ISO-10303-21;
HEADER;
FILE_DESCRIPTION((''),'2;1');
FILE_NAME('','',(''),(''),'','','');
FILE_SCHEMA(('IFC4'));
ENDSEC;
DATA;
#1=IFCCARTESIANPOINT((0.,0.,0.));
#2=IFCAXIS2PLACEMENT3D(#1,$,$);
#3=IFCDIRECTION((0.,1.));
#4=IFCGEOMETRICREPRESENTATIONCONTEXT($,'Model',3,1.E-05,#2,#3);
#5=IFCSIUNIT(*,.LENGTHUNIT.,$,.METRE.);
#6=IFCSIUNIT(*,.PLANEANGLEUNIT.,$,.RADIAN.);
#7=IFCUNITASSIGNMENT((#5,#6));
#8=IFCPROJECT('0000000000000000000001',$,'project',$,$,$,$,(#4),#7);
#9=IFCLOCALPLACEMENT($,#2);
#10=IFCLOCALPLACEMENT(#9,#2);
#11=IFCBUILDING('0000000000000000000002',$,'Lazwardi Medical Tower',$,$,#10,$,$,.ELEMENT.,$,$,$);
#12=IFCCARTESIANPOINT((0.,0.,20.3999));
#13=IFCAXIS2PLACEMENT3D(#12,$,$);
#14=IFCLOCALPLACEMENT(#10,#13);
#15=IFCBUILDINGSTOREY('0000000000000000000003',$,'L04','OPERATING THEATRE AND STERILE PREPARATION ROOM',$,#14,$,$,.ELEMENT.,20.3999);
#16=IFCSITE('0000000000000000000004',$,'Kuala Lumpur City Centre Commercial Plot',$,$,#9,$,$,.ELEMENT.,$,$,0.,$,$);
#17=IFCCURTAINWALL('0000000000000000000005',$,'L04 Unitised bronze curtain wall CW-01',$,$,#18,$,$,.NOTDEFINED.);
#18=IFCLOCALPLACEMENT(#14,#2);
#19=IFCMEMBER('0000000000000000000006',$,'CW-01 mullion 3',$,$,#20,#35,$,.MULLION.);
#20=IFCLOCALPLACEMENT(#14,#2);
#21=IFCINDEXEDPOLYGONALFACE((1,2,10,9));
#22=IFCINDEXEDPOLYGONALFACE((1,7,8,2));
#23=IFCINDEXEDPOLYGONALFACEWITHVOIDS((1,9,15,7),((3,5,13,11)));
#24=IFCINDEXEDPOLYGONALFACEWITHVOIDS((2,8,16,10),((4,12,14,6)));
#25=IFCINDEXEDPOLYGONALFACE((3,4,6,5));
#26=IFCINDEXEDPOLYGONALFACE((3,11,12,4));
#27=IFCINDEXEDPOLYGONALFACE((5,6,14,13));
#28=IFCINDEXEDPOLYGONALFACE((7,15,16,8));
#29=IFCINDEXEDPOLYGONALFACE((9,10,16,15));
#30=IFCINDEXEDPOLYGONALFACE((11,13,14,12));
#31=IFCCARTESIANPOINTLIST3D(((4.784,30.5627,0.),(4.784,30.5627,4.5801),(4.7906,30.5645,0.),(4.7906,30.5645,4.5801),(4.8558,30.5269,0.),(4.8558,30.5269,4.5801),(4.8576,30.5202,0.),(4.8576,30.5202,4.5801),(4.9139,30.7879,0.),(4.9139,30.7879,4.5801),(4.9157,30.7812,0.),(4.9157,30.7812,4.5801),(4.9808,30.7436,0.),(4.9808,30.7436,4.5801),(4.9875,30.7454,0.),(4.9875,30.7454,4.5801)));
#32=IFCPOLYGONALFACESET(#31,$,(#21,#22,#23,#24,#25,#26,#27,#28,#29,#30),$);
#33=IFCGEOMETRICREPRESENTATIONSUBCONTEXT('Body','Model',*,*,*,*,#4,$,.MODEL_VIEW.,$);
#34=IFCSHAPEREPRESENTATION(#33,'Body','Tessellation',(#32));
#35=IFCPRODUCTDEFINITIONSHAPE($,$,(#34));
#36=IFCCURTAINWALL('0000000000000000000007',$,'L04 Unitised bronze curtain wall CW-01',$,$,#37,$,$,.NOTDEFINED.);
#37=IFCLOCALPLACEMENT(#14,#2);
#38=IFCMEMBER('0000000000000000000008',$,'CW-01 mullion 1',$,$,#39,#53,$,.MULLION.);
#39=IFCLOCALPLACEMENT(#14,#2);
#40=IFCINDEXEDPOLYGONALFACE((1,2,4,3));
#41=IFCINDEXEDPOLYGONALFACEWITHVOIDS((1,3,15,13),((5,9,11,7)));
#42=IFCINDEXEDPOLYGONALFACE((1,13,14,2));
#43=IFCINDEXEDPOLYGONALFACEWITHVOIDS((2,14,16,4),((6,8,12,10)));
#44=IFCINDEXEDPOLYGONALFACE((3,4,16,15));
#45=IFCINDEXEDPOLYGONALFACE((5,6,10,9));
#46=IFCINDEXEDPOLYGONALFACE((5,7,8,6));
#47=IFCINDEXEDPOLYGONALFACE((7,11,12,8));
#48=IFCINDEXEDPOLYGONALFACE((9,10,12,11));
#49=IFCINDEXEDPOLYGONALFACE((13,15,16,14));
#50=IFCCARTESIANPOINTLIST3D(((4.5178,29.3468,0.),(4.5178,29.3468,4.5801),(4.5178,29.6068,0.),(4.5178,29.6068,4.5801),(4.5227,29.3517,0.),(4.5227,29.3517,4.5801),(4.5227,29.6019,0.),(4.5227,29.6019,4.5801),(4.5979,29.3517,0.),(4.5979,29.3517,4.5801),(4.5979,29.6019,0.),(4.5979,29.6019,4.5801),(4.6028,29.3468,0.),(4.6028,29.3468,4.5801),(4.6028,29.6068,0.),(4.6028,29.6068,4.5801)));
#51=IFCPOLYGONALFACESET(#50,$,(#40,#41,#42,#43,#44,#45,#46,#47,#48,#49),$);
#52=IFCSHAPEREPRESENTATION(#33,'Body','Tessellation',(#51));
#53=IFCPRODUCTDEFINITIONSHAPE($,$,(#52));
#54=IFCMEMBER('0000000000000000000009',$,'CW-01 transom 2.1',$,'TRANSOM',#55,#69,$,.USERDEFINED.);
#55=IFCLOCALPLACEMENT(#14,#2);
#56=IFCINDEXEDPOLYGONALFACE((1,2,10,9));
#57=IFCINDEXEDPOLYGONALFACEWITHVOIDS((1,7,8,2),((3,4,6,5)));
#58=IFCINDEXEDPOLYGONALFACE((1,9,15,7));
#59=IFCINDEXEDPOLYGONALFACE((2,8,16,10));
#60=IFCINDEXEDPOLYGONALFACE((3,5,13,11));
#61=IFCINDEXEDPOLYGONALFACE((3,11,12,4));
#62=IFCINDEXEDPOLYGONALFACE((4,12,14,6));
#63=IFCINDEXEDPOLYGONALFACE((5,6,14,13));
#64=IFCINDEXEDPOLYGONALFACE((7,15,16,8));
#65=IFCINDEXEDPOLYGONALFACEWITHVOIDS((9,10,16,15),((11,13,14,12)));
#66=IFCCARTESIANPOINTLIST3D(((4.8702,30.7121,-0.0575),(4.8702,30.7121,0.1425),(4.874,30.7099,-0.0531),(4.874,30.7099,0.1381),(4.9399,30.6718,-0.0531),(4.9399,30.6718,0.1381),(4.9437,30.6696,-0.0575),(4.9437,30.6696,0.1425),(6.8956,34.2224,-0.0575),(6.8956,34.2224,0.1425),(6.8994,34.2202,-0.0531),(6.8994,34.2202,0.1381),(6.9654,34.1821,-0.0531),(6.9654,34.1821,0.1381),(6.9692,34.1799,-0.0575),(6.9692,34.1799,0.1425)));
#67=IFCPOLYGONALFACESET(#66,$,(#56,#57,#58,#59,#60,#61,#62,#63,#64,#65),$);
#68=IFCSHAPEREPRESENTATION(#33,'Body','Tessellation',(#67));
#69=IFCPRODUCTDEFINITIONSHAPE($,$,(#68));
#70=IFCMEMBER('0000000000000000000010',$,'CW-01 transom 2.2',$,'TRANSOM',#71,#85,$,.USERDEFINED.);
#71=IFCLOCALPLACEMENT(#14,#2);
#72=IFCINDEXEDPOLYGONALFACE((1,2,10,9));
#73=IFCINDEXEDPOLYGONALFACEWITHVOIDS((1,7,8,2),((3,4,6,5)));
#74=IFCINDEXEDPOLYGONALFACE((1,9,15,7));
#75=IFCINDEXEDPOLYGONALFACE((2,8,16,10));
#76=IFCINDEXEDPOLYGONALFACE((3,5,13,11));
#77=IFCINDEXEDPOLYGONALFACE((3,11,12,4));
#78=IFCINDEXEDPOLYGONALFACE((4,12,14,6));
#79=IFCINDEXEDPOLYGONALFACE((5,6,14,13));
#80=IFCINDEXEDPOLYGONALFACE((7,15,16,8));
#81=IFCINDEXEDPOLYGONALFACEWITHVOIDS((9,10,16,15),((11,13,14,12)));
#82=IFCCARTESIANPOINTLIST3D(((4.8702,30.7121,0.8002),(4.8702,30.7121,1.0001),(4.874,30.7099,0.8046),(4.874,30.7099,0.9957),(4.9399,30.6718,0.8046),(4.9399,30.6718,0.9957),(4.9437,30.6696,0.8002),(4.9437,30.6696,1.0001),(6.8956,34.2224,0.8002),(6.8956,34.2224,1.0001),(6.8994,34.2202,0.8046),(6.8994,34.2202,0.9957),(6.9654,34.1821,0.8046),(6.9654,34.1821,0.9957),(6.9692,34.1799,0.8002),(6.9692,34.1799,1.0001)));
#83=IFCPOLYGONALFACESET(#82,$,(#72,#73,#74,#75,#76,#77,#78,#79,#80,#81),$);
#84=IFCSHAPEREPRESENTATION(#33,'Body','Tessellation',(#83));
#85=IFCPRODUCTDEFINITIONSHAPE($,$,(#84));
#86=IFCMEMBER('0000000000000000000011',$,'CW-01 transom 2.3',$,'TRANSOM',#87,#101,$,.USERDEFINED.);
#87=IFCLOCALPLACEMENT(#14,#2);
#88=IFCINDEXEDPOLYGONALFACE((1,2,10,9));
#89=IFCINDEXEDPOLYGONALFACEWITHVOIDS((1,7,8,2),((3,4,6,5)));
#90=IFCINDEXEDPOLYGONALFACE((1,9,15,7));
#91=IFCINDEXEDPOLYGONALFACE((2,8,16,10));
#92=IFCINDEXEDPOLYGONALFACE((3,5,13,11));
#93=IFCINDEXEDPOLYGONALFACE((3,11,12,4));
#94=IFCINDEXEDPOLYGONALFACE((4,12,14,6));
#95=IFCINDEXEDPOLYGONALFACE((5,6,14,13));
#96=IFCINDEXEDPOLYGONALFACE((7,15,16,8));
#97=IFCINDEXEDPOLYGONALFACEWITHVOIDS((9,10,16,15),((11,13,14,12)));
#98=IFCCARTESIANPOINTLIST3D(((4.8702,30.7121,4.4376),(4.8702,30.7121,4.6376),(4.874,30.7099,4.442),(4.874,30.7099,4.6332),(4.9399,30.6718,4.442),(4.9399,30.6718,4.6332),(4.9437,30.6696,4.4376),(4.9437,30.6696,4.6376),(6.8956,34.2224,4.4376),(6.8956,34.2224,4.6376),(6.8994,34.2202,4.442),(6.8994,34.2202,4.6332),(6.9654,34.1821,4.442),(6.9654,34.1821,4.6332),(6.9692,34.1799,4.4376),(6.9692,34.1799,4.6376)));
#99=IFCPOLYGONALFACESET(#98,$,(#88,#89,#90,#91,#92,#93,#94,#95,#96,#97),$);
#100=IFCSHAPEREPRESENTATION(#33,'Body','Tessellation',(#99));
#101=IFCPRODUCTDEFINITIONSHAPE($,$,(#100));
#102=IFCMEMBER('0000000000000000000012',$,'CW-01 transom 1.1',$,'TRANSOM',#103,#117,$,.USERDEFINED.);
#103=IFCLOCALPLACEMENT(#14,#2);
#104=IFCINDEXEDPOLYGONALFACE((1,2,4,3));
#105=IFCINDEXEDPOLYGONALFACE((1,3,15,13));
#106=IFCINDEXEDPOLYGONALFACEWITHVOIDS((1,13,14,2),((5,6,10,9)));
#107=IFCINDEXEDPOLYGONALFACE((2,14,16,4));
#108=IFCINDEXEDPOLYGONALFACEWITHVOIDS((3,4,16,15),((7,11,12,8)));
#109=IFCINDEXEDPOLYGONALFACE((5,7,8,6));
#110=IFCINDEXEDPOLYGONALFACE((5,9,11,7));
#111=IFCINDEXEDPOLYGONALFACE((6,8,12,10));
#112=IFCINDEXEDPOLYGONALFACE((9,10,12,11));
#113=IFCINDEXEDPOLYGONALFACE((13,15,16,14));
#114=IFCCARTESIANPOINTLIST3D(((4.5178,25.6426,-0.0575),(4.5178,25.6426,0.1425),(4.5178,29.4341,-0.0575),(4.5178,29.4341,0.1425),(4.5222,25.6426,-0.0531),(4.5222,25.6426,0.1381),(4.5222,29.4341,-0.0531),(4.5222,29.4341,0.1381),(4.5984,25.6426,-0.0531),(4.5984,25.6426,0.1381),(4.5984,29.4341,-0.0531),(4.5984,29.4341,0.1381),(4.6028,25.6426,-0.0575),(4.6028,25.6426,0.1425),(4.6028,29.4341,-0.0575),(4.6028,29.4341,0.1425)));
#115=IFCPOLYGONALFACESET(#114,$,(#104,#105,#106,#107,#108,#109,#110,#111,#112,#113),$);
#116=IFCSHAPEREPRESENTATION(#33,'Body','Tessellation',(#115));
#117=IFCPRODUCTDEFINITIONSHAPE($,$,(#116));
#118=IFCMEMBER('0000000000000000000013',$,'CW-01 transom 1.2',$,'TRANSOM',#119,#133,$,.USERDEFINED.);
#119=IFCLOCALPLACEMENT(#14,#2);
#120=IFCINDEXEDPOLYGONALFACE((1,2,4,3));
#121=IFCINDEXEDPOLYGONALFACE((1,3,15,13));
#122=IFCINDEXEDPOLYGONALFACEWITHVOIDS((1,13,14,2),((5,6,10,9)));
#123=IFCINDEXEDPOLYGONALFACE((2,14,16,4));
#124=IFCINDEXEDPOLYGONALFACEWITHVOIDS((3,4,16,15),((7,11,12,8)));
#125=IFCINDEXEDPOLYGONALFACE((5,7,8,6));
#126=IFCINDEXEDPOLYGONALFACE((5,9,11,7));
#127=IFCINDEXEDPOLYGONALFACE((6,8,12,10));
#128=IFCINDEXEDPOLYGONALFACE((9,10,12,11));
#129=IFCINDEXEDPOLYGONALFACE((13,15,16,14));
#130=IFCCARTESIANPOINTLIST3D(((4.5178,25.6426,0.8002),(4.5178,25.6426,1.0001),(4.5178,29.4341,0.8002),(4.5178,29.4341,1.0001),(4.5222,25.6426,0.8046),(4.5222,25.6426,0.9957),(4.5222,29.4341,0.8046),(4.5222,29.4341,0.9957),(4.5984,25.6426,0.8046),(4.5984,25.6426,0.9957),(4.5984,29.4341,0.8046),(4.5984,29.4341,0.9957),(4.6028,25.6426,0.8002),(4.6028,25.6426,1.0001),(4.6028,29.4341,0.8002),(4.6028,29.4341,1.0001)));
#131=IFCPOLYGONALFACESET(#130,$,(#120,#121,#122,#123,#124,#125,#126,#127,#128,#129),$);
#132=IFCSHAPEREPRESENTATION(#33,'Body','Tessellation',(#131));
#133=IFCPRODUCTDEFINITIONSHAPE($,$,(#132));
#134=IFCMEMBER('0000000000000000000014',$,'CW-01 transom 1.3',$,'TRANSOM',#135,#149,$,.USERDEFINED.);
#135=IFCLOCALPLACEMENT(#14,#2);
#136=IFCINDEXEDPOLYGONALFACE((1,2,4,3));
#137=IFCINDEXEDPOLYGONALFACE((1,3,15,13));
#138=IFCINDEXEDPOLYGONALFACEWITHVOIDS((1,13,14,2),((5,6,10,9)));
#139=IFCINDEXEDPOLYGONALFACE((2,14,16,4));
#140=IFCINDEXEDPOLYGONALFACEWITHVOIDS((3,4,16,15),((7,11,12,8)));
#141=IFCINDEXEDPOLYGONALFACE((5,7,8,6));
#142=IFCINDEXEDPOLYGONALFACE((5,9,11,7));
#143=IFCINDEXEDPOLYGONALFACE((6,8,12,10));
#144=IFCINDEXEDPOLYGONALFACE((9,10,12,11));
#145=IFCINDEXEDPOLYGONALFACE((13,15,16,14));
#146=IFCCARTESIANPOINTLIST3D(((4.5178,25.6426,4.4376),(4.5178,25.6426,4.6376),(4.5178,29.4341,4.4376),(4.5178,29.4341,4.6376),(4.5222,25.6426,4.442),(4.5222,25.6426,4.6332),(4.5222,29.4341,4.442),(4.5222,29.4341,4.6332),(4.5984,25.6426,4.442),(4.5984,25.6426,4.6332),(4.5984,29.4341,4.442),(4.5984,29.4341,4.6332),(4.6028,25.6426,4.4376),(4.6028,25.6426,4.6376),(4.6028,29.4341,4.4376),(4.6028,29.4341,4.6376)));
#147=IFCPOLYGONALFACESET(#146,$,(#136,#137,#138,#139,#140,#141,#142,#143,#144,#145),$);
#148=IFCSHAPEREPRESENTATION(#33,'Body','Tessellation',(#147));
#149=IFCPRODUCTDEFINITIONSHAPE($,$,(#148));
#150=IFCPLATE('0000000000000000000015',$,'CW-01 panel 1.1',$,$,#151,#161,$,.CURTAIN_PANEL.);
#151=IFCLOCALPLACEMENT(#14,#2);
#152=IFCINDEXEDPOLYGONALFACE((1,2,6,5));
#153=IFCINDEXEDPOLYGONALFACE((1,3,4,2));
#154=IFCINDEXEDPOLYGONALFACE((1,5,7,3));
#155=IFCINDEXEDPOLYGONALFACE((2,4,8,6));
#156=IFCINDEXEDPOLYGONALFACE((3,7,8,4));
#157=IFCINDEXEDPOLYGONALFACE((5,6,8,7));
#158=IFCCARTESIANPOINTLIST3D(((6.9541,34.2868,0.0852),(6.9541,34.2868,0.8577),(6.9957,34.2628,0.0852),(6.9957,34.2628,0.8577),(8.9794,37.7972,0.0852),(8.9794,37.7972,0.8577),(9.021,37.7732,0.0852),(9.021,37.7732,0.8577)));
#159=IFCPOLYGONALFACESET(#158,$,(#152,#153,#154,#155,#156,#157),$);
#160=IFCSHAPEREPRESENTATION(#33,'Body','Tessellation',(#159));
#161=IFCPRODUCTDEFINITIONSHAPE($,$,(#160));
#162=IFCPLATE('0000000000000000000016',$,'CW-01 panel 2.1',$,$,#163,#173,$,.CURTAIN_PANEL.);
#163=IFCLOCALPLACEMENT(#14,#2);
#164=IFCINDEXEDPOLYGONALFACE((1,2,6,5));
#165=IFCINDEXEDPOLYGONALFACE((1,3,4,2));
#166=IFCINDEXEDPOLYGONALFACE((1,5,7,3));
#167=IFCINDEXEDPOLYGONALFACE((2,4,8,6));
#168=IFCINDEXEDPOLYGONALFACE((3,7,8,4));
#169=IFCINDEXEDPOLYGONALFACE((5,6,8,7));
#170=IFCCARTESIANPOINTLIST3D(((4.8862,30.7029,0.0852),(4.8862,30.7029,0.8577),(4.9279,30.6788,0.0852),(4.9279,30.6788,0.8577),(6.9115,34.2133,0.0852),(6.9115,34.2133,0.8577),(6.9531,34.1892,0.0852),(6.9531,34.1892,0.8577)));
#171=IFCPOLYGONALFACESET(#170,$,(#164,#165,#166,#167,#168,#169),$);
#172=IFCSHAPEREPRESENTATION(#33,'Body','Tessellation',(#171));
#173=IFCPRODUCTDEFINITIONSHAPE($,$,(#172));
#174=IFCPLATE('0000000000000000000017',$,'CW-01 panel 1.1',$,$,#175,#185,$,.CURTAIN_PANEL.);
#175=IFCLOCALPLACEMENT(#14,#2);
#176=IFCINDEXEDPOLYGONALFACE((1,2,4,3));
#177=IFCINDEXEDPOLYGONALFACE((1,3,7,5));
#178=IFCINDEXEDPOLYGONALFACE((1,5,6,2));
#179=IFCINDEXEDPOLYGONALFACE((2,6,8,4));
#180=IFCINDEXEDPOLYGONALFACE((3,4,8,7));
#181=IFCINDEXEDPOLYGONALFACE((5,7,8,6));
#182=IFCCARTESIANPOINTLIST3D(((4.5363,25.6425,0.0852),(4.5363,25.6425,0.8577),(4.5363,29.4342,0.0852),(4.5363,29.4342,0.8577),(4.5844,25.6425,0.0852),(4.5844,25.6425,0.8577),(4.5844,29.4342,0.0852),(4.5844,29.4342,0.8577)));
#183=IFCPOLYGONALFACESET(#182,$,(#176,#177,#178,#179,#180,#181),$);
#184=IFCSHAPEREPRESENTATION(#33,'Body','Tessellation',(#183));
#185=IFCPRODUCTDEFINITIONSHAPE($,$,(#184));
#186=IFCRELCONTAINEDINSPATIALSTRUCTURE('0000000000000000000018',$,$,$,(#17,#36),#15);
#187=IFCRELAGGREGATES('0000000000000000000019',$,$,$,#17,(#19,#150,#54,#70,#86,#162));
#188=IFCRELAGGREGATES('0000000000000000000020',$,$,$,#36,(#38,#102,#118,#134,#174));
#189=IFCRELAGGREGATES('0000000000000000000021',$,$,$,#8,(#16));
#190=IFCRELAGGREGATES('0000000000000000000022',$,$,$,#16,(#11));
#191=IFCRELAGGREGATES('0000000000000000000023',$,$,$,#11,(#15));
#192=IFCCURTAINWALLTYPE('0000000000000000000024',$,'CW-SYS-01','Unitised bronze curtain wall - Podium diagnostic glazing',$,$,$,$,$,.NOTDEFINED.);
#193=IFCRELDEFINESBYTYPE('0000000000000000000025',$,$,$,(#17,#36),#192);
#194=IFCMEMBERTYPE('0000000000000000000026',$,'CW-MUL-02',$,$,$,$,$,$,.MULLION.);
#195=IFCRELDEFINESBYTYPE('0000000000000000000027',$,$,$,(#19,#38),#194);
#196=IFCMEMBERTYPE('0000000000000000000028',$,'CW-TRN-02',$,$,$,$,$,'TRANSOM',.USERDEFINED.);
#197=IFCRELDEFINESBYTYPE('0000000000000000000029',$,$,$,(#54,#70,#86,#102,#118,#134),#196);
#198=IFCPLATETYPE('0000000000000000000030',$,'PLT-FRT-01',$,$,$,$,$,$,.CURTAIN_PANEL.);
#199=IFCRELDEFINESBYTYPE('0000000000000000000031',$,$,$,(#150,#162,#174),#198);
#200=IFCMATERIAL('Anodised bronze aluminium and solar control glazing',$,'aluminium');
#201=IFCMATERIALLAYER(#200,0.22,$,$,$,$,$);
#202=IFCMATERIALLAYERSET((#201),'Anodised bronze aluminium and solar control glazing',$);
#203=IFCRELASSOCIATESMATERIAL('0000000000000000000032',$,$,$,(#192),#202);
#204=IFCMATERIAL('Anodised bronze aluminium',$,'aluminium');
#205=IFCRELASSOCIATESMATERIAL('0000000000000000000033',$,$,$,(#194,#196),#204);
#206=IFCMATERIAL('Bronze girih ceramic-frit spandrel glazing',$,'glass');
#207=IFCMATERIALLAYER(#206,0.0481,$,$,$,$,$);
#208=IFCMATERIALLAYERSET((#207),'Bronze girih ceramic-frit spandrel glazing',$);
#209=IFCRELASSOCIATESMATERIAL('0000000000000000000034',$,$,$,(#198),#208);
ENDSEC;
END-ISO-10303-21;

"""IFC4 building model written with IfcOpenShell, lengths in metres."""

from ifc_helpers import new_model, si_unit, direction, frame, origin, origin_2d, place, context, subcontext, project, spatial, rectangle, hollow_rectangle, extrude, material, layer, layer_set, material_profile, profile_set, type_object, element, aggregate, save


model = new_model("IFC4")

# Units and contexts
model_context = context("Model", 3, precision=1e-05, world=origin(), true_north=direction((0.0, 1.0)))
body_context = subcontext(model_context, "Body", "Model", "MODEL_VIEW")
ifc_project = project(units=[si_unit("LENGTHUNIT", "METRE"), si_unit("PLANEANGLEUNIT", "RADIAN")], contexts=[model_context])

# Site, building, storey
site_placement = place(None, origin())
site = spatial("IfcSite", under=ifc_project, at=site_placement, Name="Kuala Lumpur City Centre Commercial Plot", CompositionType="ELEMENT", RefElevation=0.0)
building_placement = place(site_placement, origin())
building = spatial("IfcBuilding", under=site, at=building_placement, Name="Lazwardi Medical Tower", CompositionType="ELEMENT")
storey_placement = place(building_placement, frame((0.0, 0.0, 20.3999)))
storey = spatial("IfcBuildingStorey", under=building, at=storey_placement, Name="L04", Description="OPERATING THEATRE AND STERILE PREPARATION ROOM", CompositionType="ELEMENT", Elevation=20.3999)

# Curtain wall, member
ifc_material_1 = material(Name="Anodised bronze aluminium and solar control glazing", Category="aluminium")
ifc_layer_1 = layer(ifc_material_1, 0.22)
ifc_layer_set_1 = layer_set([ifc_layer_1], Name="Anodised bronze aluminium and solar control glazing")
curtain_wall_type = type_object("IfcCurtainWallType", Name="CW-SYS-01", Description="Unitised bronze curtain wall - Podium diagnostic glazing", PredefinedType="NOTDEFINED", material=ifc_layer_set_1)
curtain_wall_1_placement = place(storey_placement, origin())
curtain_wall_1 = element("IfcCurtainWall", 1, at=curtain_wall_1_placement, inside=storey, type_object=curtain_wall_type, Name="L04 Unitised bronze curtain wall CW-01", PredefinedType="NOTDEFINED")
ifc_material_2 = material(Name="Anodised bronze aluminium", Category="aluminium")
ifc_material_profile_1 = material_profile(ifc_material_2, hollow_rectangle(XDim=0.085, YDim=0.26, WallThickness=0.0049, at=origin_2d()), Name="ALU-MULLION 260x85x5")
ifc_profile_set_1 = profile_set([ifc_material_profile_1], Name="Anodised bronze aluminium")
member_type_1 = type_object("IfcMemberType", Name="CW-MUL-02", PredefinedType="MULLION", material=ifc_profile_set_1)
member_1_placement = place(storey_placement, frame((4.8857, 30.6541, 0.0), z_axis=(0.0, 0.0, 1.0), x_axis=(0.866181, -0.499731, 0.0)))
member_1 = element("IfcMember", 2, at=member_1_placement, type_object=member_type_1, Name="CW-01 mullion 3", PredefinedType="MULLION", context=body_context, shape_type="SweptSolid", body=[
    extrude(hollow_rectangle(XDim=0.085, YDim=0.26, WallThickness=0.0049, at=origin_2d()), origin(), (0.0, 0.0, 1.0), 4.5801),
])

# Curtain wall, member
curtain_wall_2_placement = place(storey_placement, origin())
curtain_wall_2 = element("IfcCurtainWall", 3, at=curtain_wall_2_placement, inside=storey, type_object=curtain_wall_type, Name="L04 Unitised bronze curtain wall CW-01", PredefinedType="NOTDEFINED")
member_2_placement = place(storey_placement, frame((4.5603, 29.4768, 0.0), z_axis=(0.0, 0.0, 1.0), x_axis=(1.0, 0.0, 0.0)))
member_2 = element("IfcMember", 4, at=member_2_placement, type_object=member_type_1, Name="CW-01 mullion 1", PredefinedType="MULLION", context=body_context, shape_type="SweptSolid", body=[
    extrude(hollow_rectangle(XDim=0.085, YDim=0.26, WallThickness=0.0049, at=origin_2d()), origin(), (0.0, 0.0, 1.0), 4.5801),
])

# Members
ifc_material_profile_2 = material_profile(ifc_material_2, hollow_rectangle(XDim=0.085, YDim=0.2, WallThickness=0.0044, at=origin_2d()), Name="ALU-TRANSOM 200x85x4.5")
ifc_profile_set_2 = profile_set([ifc_material_profile_2], Name="Anodised bronze aluminium")
member_type_2 = type_object("IfcMemberType", Name="CW-TRN-02", ElementType="TRANSOM", PredefinedType="USERDEFINED", material=ifc_profile_set_2)
member_3_placement = place(storey_placement, frame((6.9324, 34.2012, 0.0425), z_axis=(-0.499768, -0.86616, 0.0), x_axis=(0.86616, -0.499768, 0.0)))
member_3 = element("IfcMember", 5, at=member_3_placement, type_object=member_type_2, Name="CW-01 transom 2.1", ObjectType="TRANSOM", PredefinedType="USERDEFINED", context=body_context, shape_type="SweptSolid", body=[
    extrude(hollow_rectangle(XDim=0.085, YDim=0.2, WallThickness=0.0044, at=origin_2d()), origin(), (0.0, 0.0, 1.0), 4.0527),
])
member_4_placement = place(storey_placement, frame((6.9324, 34.2012, 0.9001), z_axis=(-0.499768, -0.86616, 0.0), x_axis=(0.86616, -0.499768, 0.0)))
member_4 = element("IfcMember", 6, at=member_4_placement, type_object=member_type_2, Name="CW-01 transom 2.2", ObjectType="TRANSOM", PredefinedType="USERDEFINED", context=body_context, shape_type="SweptSolid", body=[
    extrude(hollow_rectangle(XDim=0.085, YDim=0.2, WallThickness=0.0044, at=origin_2d()), origin(), (0.0, 0.0, 1.0), 4.0527),
])
member_5_placement = place(storey_placement, frame((6.9324, 34.2012, 4.5376), z_axis=(-0.499768, -0.86616, 0.0), x_axis=(0.86616, -0.499768, 0.0)))
member_5 = element("IfcMember", 7, at=member_5_placement, type_object=member_type_2, Name="CW-01 transom 2.3", ObjectType="TRANSOM", PredefinedType="USERDEFINED", context=body_context, shape_type="SweptSolid", body=[
    extrude(hollow_rectangle(XDim=0.085, YDim=0.2, WallThickness=0.0044, at=origin_2d()), origin(), (0.0, 0.0, 1.0), 4.0527),
])
member_6_placement = place(storey_placement, frame((4.5603, 29.4341, 0.0425), z_axis=(0.0, -1.0, 0.0), x_axis=(1.0, 0.0, 0.0)))
member_6 = element("IfcMember", 8, at=member_6_placement, type_object=member_type_2, Name="CW-01 transom 1.1", ObjectType="TRANSOM", PredefinedType="USERDEFINED", context=body_context, shape_type="SweptSolid", body=[
    extrude(hollow_rectangle(XDim=0.085, YDim=0.2, WallThickness=0.0044, at=origin_2d()), origin(), (0.0, 0.0, 1.0), 3.7915),
])
member_7_placement = place(storey_placement, frame((4.5603, 29.4341, 0.9001), z_axis=(0.0, -1.0, 0.0), x_axis=(1.0, 0.0, 0.0)))
member_7 = element("IfcMember", 9, at=member_7_placement, type_object=member_type_2, Name="CW-01 transom 1.2", ObjectType="TRANSOM", PredefinedType="USERDEFINED", context=body_context, shape_type="SweptSolid", body=[
    extrude(hollow_rectangle(XDim=0.085, YDim=0.2, WallThickness=0.0044, at=origin_2d()), origin(), (0.0, 0.0, 1.0), 3.7915),
])
member_8_placement = place(storey_placement, frame((4.5603, 29.4341, 4.5376), z_axis=(0.0, -1.0, 0.0), x_axis=(1.0, 0.0, 0.0)))
member_8 = element("IfcMember", 10, at=member_8_placement, type_object=member_type_2, Name="CW-01 transom 1.3", ObjectType="TRANSOM", PredefinedType="USERDEFINED", context=body_context, shape_type="SweptSolid", body=[
    extrude(hollow_rectangle(XDim=0.085, YDim=0.2, WallThickness=0.0044, at=origin_2d()), origin(), (0.0, 0.0, 1.0), 3.7915),
])

# Plates
ifc_material_3 = material(Name="Bronze girih ceramic-frit spandrel glazing", Category="glass")
ifc_layer_2 = layer(ifc_material_3, 0.0481)
ifc_layer_set_2 = layer_set([ifc_layer_2], Name="Bronze girih ceramic-frit spandrel glazing")
plate_type_1 = type_object("IfcPlateType", Name="PLT-FRT-01", PredefinedType="CURTAIN_PANEL", material=ifc_layer_set_2)
plate_1_placement = place(storey_placement, frame((7.9875, 36.03, 0.0852), z_axis=(0.0, 0.0, 1.0), x_axis=(-0.499731, -0.866181, 0.0)))
plate_1 = element("IfcPlate", 11, at=plate_1_placement, type_object=plate_type_1, Name="CW-01 panel 1.1", PredefinedType="CURTAIN_PANEL", context=body_context, shape_type="SweptSolid", body=[
    extrude(rectangle(XDim=4.0527, YDim=0.0481, at=origin_2d()), origin(), (0.0, 0.0, 1.0), 0.7725),
])
plate_2_placement = place(storey_placement, frame((5.9197, 32.446, 0.0852), z_axis=(0.0, 0.0, 1.0), x_axis=(-0.499731, -0.866181, 0.0)))
plate_2 = element("IfcPlate", 12, at=plate_2_placement, type_object=plate_type_1, Name="CW-01 panel 2.1", PredefinedType="CURTAIN_PANEL", context=body_context, shape_type="SweptSolid", body=[
    extrude(rectangle(XDim=4.0527, YDim=0.0481, at=origin_2d()), origin(), (0.0, 0.0, 1.0), 0.7725),
])
plate_3_placement = place(storey_placement, frame((4.5603, 27.5383, 0.0852), z_axis=(0.0, 0.0, 1.0), x_axis=(0.0, -1.0, 0.0)))
plate_3 = element("IfcPlate", 13, at=plate_3_placement, type_object=plate_type_1, Name="CW-01 panel 1.1", PredefinedType="CURTAIN_PANEL", context=body_context, shape_type="SweptSolid", body=[
    extrude(rectangle(XDim=3.7917, YDim=0.0481, at=origin_2d()), origin(), (0.0, 0.0, 1.0), 0.7725),
])
aggregate(curtain_wall_1, [member_1, plate_1, member_3, member_4, member_5, plate_2])
aggregate(curtain_wall_2, [member_2, member_6, member_7, member_8, plate_3])

save(model, "model.ifc")
